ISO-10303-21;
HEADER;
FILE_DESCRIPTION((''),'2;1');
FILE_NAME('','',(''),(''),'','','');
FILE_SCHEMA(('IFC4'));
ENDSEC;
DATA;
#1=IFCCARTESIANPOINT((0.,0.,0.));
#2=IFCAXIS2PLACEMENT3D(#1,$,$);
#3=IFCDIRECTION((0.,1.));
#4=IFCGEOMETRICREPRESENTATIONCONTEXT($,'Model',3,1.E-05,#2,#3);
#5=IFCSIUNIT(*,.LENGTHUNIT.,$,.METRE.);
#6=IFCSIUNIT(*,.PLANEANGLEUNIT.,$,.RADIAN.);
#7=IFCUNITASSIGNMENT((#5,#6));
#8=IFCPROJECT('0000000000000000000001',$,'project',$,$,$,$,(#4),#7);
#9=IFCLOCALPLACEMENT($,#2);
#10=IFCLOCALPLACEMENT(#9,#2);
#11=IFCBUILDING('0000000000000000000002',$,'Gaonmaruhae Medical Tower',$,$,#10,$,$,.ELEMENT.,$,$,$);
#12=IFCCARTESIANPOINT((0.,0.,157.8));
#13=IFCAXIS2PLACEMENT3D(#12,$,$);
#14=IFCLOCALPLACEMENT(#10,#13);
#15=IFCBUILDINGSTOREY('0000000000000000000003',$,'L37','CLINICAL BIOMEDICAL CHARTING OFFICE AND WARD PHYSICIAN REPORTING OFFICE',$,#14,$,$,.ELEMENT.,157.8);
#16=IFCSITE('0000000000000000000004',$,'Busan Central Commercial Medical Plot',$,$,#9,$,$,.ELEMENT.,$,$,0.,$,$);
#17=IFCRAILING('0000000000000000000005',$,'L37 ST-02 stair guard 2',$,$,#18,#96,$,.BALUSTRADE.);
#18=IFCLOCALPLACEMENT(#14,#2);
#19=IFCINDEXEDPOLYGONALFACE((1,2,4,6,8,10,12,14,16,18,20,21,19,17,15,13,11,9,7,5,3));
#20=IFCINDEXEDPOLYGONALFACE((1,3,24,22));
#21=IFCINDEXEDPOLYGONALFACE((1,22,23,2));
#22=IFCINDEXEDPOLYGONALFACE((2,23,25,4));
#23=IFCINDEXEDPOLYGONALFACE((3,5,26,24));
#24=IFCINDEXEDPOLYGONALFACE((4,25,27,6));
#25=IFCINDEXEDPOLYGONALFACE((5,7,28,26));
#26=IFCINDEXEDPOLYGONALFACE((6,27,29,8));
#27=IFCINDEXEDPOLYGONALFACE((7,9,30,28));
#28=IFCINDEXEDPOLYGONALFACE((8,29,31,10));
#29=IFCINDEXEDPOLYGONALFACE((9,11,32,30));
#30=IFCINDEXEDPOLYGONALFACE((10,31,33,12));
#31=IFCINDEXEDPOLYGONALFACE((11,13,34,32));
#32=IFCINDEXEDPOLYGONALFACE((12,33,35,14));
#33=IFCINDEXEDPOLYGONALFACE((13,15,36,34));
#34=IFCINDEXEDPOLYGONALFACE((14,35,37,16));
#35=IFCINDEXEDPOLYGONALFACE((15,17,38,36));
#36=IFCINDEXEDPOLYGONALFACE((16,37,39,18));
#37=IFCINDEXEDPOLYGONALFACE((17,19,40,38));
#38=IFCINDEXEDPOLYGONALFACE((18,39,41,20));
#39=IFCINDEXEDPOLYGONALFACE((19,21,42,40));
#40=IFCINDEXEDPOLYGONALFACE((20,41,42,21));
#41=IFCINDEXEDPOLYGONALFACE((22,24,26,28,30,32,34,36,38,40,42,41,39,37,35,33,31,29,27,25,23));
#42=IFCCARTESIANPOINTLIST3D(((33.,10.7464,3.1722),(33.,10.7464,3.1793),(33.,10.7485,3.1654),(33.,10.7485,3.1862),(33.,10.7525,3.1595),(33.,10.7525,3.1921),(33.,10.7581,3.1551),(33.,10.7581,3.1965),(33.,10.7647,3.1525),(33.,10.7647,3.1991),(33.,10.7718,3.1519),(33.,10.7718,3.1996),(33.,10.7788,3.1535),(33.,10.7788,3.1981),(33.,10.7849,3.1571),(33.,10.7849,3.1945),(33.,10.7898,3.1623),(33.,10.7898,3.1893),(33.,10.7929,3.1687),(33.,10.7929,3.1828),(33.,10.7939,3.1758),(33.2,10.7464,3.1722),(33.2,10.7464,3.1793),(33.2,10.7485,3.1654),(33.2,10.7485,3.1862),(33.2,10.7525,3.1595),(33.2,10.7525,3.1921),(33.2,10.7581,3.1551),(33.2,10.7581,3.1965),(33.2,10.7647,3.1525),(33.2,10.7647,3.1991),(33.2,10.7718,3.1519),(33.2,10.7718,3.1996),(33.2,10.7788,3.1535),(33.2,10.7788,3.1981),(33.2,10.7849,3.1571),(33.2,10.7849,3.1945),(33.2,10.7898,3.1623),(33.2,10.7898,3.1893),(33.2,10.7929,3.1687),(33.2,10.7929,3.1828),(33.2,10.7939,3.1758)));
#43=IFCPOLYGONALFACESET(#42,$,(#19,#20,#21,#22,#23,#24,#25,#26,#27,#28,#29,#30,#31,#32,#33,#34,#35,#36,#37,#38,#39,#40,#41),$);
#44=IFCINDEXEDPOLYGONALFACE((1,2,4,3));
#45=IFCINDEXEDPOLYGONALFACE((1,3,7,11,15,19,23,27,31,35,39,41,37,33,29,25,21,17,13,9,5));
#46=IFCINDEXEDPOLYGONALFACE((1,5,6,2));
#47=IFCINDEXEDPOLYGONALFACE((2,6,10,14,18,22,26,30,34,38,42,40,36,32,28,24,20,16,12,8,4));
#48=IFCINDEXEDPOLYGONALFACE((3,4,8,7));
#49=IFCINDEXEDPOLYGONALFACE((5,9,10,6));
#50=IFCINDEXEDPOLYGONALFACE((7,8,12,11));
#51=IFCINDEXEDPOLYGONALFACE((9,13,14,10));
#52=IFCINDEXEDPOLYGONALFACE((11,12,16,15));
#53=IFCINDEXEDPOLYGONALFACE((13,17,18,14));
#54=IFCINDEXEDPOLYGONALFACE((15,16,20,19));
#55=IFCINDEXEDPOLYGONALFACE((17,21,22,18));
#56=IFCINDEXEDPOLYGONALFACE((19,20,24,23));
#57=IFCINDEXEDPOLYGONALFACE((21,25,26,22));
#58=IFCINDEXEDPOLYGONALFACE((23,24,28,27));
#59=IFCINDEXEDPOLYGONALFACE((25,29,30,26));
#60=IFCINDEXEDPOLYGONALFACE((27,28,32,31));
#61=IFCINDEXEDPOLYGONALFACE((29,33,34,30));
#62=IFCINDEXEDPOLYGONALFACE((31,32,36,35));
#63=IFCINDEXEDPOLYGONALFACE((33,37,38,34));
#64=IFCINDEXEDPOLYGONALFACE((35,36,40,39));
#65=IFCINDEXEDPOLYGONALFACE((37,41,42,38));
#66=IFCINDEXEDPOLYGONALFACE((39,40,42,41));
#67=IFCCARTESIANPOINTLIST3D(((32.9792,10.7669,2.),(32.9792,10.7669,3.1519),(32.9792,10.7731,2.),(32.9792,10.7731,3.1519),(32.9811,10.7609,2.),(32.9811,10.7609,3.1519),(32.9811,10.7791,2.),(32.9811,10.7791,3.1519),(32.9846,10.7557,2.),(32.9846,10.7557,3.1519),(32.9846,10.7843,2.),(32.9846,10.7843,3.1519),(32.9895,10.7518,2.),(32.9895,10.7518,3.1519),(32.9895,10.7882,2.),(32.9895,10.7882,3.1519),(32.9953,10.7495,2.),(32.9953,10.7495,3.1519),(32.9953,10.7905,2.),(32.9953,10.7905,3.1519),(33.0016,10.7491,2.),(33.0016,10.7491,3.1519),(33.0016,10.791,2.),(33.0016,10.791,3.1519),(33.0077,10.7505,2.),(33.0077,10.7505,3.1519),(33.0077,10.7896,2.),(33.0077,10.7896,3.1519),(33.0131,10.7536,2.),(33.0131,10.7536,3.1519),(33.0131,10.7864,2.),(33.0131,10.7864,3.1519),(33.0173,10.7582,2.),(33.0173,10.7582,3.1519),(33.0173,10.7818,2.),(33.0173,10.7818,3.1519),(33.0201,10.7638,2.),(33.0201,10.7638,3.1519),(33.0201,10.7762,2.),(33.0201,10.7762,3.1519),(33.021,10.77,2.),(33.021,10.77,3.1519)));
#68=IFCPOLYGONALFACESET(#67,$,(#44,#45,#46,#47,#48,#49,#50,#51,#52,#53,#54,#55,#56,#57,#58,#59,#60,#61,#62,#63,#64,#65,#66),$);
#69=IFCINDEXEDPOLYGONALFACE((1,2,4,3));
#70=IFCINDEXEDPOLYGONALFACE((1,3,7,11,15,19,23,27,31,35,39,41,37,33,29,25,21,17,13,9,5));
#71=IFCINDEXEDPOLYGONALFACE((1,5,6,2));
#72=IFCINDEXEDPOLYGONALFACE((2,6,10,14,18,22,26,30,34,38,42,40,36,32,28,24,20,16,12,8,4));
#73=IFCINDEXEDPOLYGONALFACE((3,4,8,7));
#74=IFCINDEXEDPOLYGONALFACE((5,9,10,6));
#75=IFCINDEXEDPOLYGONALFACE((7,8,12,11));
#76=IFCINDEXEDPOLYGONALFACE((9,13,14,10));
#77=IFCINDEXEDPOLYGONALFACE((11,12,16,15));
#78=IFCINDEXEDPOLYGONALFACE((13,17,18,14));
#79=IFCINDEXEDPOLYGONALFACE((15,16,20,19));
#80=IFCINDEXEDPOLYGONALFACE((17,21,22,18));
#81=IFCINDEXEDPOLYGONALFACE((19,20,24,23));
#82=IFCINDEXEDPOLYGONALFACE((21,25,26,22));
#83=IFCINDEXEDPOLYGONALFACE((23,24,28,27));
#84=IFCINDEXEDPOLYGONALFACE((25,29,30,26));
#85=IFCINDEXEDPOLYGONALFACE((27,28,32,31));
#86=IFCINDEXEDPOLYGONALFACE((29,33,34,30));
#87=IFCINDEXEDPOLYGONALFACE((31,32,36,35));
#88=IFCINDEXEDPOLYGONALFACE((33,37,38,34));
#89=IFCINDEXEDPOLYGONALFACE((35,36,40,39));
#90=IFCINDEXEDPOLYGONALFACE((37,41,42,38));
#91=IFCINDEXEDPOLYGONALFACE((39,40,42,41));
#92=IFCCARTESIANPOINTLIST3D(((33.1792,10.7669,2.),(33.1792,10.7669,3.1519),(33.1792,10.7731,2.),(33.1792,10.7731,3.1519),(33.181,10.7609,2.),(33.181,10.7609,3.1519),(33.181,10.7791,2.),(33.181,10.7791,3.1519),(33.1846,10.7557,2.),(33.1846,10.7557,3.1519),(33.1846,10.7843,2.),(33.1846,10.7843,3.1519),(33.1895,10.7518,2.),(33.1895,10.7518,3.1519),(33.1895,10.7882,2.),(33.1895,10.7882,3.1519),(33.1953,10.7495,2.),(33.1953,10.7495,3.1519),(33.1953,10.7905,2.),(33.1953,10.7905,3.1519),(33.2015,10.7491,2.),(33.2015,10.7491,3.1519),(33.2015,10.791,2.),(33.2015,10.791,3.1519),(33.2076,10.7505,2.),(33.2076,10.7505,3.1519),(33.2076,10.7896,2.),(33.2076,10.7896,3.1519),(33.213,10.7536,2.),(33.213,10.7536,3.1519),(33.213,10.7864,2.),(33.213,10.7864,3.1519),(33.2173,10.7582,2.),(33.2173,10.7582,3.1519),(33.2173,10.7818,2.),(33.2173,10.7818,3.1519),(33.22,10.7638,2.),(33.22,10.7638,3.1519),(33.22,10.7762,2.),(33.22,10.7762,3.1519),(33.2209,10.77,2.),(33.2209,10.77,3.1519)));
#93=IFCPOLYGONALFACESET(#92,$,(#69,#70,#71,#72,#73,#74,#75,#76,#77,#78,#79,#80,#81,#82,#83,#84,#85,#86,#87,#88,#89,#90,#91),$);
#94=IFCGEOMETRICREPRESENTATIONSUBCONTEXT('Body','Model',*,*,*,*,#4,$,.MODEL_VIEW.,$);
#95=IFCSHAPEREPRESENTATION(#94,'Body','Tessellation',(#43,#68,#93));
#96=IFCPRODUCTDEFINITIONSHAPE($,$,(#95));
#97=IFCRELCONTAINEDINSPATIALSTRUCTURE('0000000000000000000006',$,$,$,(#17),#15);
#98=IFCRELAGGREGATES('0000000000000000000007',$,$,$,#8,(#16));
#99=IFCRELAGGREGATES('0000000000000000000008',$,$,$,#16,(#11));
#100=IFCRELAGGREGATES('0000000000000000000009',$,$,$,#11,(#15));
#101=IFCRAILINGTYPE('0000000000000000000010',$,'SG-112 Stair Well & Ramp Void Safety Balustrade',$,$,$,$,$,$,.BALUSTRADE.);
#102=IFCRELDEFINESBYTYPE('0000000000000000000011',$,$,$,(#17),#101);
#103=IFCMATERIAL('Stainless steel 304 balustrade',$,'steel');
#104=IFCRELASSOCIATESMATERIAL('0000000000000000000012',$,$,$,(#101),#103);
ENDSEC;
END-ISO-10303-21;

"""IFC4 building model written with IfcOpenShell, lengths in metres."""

from ifc_helpers import new_model, si_unit, direction, frame, origin, origin_2d, place, context, subcontext, project, spatial, circle, extrude, material, type_object, element, save


model = new_model("IFC4")

# Units and contexts
model_context = context("Model", 3, precision=1e-05, world=origin(), true_north=direction((0.0, 1.0)))
body_context = subcontext(model_context, "Body", "Model", "MODEL_VIEW")
ifc_project = project(units=[si_unit("LENGTHUNIT", "METRE"), si_unit("PLANEANGLEUNIT", "RADIAN")], contexts=[model_context])

# Site, building, storey
site_placement = place(None, origin())
site = spatial("IfcSite", under=ifc_project, at=site_placement, Name="Busan Central Commercial Medical Plot", CompositionType="ELEMENT", RefElevation=0.0)
building_placement = place(site_placement, origin())
building = spatial("IfcBuilding", under=site, at=building_placement, Name="Gaonmaruhae Medical Tower", CompositionType="ELEMENT")
storey_placement = place(building_placement, frame((0.0, 0.0, 157.8)))
storey = spatial("IfcBuildingStorey", under=building, at=storey_placement, Name="L37", Description="CLINICAL BIOMEDICAL CHARTING OFFICE AND WARD PHYSICIAN REPORTING OFFICE", CompositionType="ELEMENT", Elevation=157.8)

# Railing
ifc_material_1 = material(Name="Stainless steel 304 balustrade", Category="steel")
railing_type_1 = type_object("IfcRailingType", Name="SG-112 Stair Well & Ramp Void Safety Balustrade", PredefinedType="BALUSTRADE", material=ifc_material_1)
railing_1_placement = place(storey_placement, frame((33.0, 10.77, 2.0)))
element("IfcRailing", 1, at=railing_1_placement, inside=storey, type_object=railing_type_1, Name="L37 ST-02 stair guard 2", PredefinedType="BALUSTRADE", context=body_context, shape_type="SweptSolid", body=[
    extrude(circle(Radius=0.0239, at=origin_2d()), frame((0.0, 0.0, 1.1758), z_axis=(1.0, 0.0, 0.0), x_axis=(0.0, 1.0, 0.0)), (0.0, 0.0, 1.0), 0.2),
    extrude(circle(Radius=0.021, at=origin_2d()), origin(), (0.0, 0.0, 1.0), 1.1519),
    extrude(circle(Radius=0.021, at=origin_2d()), frame((0.2, 0.0, 0.0)), (0.0, 0.0, 1.0), 1.1519),
])

save(model, "model.ifc")
